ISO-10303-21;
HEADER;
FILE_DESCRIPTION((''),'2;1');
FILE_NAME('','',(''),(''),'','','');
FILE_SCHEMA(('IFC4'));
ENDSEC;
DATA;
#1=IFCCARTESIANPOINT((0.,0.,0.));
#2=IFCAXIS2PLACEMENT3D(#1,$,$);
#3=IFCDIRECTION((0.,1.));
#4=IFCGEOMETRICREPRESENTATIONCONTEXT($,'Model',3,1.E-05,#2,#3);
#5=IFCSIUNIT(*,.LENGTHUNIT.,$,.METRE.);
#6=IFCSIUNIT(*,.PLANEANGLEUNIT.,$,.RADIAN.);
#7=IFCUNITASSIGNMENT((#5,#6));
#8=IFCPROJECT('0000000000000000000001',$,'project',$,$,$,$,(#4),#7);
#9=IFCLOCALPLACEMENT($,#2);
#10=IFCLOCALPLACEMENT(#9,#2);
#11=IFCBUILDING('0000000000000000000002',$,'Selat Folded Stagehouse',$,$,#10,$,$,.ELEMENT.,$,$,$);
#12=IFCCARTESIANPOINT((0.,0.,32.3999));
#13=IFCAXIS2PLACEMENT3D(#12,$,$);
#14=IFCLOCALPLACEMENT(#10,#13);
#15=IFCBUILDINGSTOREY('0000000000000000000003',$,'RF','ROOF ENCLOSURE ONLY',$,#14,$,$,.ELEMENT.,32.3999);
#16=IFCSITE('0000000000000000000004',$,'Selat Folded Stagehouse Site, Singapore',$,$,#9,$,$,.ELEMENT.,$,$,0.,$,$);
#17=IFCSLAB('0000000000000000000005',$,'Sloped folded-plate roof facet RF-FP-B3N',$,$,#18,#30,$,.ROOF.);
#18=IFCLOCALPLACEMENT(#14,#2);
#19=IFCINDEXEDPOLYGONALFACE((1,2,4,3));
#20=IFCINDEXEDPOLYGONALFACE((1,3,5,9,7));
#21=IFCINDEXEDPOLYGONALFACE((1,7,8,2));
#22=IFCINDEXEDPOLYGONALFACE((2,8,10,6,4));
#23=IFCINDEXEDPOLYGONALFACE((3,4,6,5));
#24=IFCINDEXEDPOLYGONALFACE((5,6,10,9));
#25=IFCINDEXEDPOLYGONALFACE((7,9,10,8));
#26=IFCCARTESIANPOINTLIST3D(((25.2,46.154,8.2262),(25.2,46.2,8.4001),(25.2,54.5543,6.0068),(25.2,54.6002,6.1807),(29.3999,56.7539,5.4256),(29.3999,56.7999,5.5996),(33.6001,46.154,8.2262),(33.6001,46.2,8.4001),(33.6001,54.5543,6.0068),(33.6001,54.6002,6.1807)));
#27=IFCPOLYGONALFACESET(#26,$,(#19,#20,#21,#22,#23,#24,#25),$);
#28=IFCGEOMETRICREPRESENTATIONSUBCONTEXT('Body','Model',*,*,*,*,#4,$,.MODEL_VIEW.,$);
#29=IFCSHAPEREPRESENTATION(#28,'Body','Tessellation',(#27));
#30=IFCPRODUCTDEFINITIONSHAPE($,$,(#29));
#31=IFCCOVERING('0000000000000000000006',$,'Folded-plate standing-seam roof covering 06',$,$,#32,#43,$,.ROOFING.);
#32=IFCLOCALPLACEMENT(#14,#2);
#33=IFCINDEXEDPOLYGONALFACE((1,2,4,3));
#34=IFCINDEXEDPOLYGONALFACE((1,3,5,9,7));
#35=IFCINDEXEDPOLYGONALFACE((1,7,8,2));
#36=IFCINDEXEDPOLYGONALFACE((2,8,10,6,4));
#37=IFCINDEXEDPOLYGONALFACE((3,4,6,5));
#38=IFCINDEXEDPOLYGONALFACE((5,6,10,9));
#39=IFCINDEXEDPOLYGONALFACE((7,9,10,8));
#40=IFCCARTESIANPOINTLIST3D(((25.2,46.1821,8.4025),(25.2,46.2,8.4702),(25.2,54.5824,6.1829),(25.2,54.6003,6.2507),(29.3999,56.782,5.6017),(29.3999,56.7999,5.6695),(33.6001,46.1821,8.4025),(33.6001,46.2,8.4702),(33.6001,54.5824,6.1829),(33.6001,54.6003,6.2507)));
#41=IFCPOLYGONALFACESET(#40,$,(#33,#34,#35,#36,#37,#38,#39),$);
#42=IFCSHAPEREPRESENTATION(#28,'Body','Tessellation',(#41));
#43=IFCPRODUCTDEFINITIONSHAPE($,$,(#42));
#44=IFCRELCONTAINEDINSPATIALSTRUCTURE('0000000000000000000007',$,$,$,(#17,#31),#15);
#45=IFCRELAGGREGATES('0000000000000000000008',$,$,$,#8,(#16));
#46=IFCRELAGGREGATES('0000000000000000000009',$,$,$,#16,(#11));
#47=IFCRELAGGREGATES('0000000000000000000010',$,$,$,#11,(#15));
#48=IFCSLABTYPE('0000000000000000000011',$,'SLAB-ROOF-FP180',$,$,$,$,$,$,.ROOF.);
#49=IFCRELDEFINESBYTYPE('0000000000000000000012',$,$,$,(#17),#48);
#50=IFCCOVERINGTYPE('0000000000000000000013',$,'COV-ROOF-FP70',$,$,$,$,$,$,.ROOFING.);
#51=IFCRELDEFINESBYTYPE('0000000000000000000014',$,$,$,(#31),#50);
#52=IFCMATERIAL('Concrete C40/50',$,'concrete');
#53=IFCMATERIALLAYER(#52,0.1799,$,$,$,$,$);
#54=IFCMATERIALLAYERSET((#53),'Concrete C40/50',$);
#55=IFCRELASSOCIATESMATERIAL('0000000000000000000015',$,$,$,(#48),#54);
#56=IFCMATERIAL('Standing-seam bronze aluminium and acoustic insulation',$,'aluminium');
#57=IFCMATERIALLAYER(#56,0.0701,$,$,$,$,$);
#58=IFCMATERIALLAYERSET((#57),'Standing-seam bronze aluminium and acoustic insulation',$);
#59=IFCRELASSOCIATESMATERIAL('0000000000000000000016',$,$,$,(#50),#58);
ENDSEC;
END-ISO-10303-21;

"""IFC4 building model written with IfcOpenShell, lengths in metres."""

from ifc_helpers import new_model, si_unit, direction, frame, origin, place, context, subcontext, project, spatial, polyline, outline, extrude, material, layer, layer_set, type_object, element, save


model = new_model("IFC4")

# Units and contexts
model_context = context("Model", 3, precision=1e-05, world=origin(), true_north=direction((0.0, 1.0)))
body_context = subcontext(model_context, "Body", "Model", "MODEL_VIEW")
ifc_project = project(units=[si_unit("LENGTHUNIT", "METRE"), si_unit("PLANEANGLEUNIT", "RADIAN")], contexts=[model_context])

# Site, building, storey
site_placement = place(None, origin())
site = spatial("IfcSite", under=ifc_project, at=site_placement, Name="Selat Folded Stagehouse Site, Singapore", CompositionType="ELEMENT", RefElevation=0.0)
building_placement = place(site_placement, origin())
building = spatial("IfcBuilding", under=site, at=building_placement, Name="Selat Folded Stagehouse", CompositionType="ELEMENT")
storey_placement = place(building_placement, frame((0.0, 0.0, 32.3999)))
storey = spatial("IfcBuildingStorey", under=building, at=storey_placement, Name="RF", Description="ROOF ENCLOSURE ONLY", CompositionType="ELEMENT", Elevation=32.3999)

# Slab
ifc_material_1 = material(Name="Concrete C40/50", Category="concrete")
ifc_layer_1 = layer(ifc_material_1, 0.1799)
ifc_layer_set_1 = layer_set([ifc_layer_1], Name="Concrete C40/50")
slab_type = type_object("IfcSlabType", Name="SLAB-ROOF-FP180", PredefinedType="ROOF", material=ifc_layer_set_1)
slab_placement = place(storey_placement, frame((25.2, 46.2, 8.4001), z_axis=(0.0, 0.255443, 0.966824), x_axis=(1.0, 0.0, 0.0)))
element("IfcSlab", 1, at=slab_placement, inside=storey, type_object=slab_type, Name="Sloped folded-plate roof facet RF-FP-B3N", PredefinedType="ROOF", context=body_context, shape_type="SweptSolid", body=[
    extrude(outline(polyline([(0.0, 0.0), (8.4001, 0.0), (8.4001, 8.6885), (4.2, 10.9637), (0.0, 8.6885), (0.0, 0.0)])), origin(), (0.0, 0.0, -1.0), 0.1799),
])

# Covering
ifc_material_2 = material(Name="Standing-seam bronze aluminium and acoustic insulation", Category="aluminium")
ifc_layer_2 = layer(ifc_material_2, 0.0701)
ifc_layer_set_2 = layer_set([ifc_layer_2], Name="Standing-seam bronze aluminium and acoustic insulation")
covering_type = type_object("IfcCoveringType", Name="COV-ROOF-FP70", PredefinedType="ROOFING", material=ifc_layer_set_2)
covering_placement = place(storey_placement, frame((25.2, 46.2, 8.4702), z_axis=(0.0, 0.255454, 0.966821), x_axis=(1.0, 0.0, 0.0)))
element("IfcCovering", 2, at=covering_placement, inside=storey, type_object=covering_type, Name="Folded-plate standing-seam roof covering 06", PredefinedType="ROOFING", context=body_context, shape_type="SweptSolid", body=[
    extrude(outline(polyline([(0.0, 0.0), (8.4001, 0.0), (8.4001, 8.6886), (4.2, 10.9637), (0.0, 8.6886), (0.0, 0.0)])), origin(), (0.0, 0.0, -1.0), 0.0701),
])

save(model, "model.ifc")
